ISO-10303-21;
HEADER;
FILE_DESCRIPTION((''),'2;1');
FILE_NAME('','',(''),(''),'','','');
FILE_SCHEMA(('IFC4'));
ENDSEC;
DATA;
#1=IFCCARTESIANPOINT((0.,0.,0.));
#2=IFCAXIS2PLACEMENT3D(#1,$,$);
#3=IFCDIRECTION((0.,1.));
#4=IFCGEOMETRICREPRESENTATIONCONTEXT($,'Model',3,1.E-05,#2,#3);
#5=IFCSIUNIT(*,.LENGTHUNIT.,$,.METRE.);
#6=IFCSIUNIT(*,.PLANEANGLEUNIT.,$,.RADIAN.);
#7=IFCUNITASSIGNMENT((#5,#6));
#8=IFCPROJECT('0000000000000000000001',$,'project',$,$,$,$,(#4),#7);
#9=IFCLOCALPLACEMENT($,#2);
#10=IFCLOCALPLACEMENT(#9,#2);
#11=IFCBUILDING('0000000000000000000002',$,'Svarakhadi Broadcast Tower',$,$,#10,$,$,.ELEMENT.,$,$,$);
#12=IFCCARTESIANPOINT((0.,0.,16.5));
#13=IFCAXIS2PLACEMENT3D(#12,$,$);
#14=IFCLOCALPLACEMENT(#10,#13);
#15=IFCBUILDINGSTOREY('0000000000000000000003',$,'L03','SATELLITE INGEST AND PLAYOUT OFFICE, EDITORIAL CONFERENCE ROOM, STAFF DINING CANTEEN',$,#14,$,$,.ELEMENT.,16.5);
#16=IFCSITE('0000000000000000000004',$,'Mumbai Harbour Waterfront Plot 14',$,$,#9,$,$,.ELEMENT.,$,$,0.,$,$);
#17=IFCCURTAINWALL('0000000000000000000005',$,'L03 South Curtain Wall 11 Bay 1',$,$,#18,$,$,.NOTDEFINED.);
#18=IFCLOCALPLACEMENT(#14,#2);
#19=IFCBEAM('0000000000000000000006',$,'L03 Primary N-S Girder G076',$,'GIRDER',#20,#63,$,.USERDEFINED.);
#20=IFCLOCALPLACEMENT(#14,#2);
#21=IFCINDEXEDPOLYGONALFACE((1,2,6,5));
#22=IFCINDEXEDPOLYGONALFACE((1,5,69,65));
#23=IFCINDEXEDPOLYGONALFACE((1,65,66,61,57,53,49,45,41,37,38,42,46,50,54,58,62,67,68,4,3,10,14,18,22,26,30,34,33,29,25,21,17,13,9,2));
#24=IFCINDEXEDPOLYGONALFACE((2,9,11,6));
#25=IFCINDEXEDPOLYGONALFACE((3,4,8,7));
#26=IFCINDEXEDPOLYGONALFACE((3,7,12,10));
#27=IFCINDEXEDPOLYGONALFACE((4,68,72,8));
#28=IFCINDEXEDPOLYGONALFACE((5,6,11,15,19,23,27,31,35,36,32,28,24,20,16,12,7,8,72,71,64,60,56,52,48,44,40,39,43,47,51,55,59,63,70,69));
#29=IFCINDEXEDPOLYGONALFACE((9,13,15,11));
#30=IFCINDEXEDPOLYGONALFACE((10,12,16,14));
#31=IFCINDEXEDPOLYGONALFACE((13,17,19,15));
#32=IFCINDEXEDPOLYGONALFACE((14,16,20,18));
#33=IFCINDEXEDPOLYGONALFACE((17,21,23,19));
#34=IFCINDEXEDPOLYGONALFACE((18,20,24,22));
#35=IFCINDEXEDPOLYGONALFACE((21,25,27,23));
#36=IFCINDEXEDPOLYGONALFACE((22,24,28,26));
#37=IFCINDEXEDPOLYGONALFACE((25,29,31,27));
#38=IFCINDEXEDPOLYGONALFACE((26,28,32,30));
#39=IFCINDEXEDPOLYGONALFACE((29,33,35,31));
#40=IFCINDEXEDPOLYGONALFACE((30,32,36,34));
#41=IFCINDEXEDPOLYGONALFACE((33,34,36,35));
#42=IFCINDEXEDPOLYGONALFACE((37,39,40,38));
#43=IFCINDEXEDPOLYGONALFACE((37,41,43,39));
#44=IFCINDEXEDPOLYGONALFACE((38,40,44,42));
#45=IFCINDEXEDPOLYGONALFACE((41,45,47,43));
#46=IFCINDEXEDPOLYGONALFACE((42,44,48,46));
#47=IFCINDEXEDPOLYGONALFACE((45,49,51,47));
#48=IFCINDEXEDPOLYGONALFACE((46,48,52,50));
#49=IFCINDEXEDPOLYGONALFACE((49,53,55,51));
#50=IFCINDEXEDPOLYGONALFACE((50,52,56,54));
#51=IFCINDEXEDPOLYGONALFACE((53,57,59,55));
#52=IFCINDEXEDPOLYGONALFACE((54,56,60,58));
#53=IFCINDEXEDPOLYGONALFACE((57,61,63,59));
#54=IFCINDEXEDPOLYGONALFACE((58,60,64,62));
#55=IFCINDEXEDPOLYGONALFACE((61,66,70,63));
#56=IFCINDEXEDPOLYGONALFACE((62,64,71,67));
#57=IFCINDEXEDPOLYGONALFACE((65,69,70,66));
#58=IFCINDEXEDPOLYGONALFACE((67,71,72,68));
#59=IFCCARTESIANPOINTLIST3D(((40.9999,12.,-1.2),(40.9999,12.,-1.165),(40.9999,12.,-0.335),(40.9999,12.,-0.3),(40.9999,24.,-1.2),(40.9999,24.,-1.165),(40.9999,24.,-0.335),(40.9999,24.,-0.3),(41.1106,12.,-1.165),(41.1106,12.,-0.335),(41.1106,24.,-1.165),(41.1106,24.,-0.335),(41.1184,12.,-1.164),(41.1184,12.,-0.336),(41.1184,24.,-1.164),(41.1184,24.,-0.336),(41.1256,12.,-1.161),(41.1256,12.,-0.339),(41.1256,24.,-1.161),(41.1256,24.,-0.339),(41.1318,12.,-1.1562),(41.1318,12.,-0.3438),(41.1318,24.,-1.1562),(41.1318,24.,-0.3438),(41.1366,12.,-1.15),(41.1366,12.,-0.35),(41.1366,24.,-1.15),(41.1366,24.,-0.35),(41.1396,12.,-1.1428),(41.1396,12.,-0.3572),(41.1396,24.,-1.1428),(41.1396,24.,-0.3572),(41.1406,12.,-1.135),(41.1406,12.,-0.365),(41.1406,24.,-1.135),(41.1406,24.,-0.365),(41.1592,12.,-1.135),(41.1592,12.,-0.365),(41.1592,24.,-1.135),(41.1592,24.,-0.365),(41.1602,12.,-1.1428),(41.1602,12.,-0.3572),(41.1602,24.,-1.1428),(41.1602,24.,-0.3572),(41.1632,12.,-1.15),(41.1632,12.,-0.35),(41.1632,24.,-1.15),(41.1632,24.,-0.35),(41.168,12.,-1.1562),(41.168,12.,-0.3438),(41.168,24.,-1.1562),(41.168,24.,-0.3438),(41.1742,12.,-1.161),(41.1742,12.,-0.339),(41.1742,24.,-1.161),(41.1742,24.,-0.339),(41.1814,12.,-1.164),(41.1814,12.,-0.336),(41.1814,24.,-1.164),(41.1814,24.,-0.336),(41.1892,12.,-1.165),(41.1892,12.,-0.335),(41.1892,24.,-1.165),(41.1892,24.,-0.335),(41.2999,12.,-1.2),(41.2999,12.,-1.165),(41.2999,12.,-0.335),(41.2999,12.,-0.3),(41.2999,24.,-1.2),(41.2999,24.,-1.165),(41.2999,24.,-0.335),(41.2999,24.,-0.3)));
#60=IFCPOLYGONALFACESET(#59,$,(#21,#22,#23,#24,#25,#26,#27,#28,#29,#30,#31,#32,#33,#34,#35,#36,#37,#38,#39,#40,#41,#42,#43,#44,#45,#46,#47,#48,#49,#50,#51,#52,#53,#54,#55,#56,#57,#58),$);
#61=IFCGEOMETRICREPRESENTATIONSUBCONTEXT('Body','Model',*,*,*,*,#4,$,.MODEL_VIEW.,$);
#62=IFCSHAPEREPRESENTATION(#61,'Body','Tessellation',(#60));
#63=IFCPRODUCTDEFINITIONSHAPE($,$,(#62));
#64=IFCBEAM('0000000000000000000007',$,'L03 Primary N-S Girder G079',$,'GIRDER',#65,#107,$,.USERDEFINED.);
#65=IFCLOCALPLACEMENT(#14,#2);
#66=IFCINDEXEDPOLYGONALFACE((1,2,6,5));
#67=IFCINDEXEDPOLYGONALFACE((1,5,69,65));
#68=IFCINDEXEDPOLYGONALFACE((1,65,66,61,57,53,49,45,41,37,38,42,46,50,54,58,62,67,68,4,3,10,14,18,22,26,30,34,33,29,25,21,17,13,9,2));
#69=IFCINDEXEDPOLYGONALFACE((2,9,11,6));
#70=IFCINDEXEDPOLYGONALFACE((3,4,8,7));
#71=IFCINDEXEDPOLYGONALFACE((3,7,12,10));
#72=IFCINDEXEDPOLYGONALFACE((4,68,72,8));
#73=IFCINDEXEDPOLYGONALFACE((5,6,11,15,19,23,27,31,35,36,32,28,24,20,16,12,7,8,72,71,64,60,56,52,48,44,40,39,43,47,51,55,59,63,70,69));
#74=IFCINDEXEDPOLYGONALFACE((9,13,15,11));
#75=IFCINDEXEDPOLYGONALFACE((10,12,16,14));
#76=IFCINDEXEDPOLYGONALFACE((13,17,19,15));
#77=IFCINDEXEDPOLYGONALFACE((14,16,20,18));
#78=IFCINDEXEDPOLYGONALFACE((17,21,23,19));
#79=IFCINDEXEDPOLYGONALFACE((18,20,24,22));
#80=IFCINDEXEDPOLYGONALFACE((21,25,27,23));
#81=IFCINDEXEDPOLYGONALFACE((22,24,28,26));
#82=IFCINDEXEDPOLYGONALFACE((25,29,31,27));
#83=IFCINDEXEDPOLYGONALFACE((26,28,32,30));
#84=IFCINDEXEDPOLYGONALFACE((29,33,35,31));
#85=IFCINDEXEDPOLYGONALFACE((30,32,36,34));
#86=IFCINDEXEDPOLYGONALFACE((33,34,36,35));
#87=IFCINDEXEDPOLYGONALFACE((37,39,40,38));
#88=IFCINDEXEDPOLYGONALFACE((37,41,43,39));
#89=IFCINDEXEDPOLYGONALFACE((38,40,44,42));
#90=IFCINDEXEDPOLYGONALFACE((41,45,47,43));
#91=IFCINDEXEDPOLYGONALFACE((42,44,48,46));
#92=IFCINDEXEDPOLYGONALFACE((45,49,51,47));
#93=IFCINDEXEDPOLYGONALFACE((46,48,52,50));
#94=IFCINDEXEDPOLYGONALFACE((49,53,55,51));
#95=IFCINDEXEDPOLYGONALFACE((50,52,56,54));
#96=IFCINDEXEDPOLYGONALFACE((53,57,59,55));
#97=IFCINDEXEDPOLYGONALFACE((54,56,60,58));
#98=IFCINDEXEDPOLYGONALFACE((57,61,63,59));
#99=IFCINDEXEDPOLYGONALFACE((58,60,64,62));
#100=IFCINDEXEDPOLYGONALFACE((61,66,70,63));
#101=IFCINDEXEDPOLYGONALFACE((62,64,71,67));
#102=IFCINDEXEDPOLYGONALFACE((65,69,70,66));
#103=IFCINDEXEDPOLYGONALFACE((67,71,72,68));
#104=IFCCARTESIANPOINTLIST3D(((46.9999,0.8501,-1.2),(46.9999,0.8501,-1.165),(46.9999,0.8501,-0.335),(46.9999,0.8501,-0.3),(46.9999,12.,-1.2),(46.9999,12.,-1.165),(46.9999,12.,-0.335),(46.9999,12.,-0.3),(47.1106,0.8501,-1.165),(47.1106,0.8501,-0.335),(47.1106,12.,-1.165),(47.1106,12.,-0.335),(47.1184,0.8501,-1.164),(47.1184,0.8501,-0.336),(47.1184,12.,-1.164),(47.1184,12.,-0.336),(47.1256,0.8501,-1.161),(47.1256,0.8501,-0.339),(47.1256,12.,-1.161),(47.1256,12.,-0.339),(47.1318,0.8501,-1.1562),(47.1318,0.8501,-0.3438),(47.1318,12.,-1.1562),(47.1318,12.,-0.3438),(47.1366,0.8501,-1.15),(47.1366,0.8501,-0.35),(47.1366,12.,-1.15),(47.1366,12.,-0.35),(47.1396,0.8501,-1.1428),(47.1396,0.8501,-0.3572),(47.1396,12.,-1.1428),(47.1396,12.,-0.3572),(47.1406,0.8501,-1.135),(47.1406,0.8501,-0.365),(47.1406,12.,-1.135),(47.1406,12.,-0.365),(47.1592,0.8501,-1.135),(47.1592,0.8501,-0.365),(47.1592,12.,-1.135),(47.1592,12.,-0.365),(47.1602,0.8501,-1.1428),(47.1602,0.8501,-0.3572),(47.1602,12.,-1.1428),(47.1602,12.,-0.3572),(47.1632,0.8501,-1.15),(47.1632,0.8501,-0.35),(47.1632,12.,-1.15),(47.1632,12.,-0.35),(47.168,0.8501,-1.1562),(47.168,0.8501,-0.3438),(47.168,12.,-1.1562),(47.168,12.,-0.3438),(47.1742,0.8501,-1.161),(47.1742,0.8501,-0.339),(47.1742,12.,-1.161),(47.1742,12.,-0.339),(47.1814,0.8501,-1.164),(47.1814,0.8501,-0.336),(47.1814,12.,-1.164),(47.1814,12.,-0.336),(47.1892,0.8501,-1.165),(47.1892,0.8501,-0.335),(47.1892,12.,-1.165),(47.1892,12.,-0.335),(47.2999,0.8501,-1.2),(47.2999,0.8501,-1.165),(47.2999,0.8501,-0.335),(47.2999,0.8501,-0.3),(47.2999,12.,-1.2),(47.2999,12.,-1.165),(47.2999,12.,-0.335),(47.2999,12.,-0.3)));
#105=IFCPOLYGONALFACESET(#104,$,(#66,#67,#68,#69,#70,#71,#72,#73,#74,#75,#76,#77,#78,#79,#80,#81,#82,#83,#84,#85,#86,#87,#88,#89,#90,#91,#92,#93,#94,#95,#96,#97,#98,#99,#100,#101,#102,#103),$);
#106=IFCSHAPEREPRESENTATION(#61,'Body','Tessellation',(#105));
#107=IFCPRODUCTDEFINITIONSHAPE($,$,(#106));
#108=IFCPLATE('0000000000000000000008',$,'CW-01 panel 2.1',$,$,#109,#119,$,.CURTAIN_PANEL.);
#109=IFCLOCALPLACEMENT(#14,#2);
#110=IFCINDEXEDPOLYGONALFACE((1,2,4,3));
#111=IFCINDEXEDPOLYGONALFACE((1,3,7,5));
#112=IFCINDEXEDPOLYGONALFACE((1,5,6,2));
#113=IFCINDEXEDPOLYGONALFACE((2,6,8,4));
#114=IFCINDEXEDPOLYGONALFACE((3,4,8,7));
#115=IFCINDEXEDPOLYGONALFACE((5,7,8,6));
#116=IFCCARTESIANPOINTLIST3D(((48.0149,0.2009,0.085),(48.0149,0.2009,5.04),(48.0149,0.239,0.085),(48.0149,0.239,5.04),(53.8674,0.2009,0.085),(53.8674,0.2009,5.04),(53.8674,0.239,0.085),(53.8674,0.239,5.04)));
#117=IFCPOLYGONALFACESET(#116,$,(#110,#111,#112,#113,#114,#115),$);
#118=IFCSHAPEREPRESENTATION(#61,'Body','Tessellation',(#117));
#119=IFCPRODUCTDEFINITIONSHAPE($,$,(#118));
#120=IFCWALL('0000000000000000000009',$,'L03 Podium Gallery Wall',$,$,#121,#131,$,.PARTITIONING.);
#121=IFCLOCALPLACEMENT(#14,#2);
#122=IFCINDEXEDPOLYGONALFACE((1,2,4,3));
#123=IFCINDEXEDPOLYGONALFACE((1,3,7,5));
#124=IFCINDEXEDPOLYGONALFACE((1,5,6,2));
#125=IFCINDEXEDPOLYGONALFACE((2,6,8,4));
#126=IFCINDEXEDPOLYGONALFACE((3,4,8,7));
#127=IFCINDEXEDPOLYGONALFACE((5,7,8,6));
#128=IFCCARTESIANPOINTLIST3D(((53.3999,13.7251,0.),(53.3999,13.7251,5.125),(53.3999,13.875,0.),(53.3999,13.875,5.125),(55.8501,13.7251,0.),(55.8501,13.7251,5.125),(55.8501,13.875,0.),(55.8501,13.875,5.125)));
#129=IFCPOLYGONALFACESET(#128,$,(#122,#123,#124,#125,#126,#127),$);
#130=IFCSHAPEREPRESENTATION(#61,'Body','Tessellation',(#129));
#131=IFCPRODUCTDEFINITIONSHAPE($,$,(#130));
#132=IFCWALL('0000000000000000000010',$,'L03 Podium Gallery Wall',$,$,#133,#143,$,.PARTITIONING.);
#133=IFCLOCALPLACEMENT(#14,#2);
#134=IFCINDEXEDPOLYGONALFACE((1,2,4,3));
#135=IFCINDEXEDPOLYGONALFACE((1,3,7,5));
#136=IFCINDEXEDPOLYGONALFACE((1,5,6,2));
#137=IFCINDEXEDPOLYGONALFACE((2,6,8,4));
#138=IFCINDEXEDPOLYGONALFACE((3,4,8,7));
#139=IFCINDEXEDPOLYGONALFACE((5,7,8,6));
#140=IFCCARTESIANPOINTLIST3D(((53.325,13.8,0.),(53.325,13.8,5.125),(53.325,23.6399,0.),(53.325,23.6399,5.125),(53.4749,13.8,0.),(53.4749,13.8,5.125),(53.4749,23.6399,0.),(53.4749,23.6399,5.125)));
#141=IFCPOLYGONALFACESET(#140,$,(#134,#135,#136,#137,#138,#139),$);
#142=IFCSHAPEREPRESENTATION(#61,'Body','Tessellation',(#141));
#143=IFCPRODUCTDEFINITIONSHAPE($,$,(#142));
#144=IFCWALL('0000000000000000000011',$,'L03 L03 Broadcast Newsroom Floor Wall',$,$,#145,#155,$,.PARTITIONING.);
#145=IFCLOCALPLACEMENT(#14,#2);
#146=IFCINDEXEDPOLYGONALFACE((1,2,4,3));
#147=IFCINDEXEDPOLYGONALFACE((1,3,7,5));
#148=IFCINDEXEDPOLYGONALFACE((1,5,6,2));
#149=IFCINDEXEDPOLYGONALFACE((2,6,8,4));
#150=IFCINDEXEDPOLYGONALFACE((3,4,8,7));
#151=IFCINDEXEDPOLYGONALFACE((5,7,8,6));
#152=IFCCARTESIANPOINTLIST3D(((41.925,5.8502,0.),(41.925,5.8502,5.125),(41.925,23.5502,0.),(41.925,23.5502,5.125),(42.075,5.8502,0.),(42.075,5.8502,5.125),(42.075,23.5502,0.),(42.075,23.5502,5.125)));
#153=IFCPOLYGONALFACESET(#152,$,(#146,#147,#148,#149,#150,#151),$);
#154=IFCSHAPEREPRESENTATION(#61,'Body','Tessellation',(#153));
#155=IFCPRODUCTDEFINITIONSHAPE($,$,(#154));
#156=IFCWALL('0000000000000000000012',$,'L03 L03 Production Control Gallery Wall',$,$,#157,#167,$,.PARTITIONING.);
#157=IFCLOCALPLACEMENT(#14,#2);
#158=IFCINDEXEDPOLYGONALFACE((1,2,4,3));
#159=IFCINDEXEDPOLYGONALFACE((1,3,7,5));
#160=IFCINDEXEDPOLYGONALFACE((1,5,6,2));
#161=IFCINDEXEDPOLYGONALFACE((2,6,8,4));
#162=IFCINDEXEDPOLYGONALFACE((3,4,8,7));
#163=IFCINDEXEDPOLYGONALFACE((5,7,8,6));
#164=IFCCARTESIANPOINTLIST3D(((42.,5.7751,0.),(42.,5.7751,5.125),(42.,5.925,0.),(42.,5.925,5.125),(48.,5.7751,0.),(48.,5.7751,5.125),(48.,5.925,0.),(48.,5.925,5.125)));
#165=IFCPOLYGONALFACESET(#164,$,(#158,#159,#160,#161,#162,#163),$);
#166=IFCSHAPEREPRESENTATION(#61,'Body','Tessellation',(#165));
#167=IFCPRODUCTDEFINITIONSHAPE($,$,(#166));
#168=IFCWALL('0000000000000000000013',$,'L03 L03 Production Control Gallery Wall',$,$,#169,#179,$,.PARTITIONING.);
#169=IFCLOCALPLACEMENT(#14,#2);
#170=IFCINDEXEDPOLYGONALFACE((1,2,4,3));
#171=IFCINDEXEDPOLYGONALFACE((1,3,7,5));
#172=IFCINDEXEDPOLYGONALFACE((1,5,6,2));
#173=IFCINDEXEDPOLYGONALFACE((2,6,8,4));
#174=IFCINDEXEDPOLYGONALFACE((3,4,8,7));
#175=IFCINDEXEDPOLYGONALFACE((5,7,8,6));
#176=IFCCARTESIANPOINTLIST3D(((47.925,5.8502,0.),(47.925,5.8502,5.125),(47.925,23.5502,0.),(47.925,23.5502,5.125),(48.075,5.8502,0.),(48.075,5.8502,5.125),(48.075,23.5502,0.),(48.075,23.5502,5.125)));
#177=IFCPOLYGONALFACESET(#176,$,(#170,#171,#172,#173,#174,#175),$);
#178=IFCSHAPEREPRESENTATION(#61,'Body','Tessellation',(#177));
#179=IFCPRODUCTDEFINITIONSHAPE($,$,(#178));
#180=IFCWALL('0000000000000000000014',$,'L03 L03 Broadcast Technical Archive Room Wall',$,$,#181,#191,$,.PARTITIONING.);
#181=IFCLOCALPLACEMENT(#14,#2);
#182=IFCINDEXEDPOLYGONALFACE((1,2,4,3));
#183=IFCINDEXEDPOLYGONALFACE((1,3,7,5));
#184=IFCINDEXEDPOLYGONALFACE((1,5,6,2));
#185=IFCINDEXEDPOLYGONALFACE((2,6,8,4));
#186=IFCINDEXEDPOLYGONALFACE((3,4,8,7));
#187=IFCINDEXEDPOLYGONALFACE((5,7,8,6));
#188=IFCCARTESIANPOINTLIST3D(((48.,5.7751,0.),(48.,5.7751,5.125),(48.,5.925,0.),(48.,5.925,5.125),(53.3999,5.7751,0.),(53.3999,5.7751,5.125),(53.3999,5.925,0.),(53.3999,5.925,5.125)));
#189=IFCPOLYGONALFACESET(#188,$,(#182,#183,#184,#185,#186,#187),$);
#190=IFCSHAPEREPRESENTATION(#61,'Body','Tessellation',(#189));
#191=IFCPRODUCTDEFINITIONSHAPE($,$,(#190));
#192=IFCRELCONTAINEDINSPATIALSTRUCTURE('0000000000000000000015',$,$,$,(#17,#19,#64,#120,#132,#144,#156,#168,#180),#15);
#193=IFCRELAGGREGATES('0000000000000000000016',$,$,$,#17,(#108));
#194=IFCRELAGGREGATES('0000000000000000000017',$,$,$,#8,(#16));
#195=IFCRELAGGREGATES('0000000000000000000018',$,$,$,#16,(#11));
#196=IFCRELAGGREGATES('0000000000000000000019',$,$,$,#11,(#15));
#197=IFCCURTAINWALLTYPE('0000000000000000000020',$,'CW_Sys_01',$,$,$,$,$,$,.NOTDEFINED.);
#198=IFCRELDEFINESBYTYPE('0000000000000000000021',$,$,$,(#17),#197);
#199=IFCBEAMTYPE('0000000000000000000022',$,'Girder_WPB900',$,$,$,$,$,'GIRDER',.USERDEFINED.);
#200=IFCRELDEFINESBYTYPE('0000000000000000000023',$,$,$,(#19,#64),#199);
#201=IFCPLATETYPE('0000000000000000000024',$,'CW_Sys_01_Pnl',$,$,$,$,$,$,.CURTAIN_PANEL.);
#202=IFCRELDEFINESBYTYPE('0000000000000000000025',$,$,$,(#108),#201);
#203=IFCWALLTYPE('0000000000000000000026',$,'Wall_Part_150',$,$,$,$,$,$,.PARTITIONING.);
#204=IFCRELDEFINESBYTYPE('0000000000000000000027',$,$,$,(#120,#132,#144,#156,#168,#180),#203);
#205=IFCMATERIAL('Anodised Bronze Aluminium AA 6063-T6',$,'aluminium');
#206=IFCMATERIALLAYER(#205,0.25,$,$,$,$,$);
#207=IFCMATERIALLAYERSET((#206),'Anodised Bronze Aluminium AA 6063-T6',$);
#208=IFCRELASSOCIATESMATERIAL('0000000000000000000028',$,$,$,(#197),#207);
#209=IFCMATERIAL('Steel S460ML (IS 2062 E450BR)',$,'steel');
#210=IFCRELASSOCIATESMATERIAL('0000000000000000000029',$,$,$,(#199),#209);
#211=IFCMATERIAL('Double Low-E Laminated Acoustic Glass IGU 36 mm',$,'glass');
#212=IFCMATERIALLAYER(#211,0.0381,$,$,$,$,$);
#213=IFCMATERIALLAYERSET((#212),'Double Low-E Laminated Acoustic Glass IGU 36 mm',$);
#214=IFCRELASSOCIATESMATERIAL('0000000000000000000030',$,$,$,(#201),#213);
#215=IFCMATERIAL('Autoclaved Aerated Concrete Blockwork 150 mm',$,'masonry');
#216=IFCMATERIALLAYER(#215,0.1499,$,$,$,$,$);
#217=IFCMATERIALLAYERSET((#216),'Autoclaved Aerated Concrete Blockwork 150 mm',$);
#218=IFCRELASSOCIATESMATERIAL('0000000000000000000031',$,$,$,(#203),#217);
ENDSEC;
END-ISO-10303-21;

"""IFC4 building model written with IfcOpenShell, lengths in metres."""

from ifc_helpers import new_model, si_unit, direction, frame, frame_2d, origin, origin_2d, place, context, subcontext, project, spatial, rectangle, i_section, extrude, material, layer, layer_set, material_profile, profile_set, type_object, element, aggregate, save


model = new_model("IFC4")

# Units and contexts
model_context = context("Model", 3, precision=1e-05, world=origin(), true_north=direction((0.0, 1.0)))
body_context = subcontext(model_context, "Body", "Model", "MODEL_VIEW")
ifc_project = project(units=[si_unit("LENGTHUNIT", "METRE"), si_unit("PLANEANGLEUNIT", "RADIAN")], contexts=[model_context])

# Site, building, storey
site_placement = place(None, origin())
site = spatial("IfcSite", under=ifc_project, at=site_placement, Name="Mumbai Harbour Waterfront Plot 14", CompositionType="ELEMENT", RefElevation=0.0)
building_placement = place(site_placement, origin())
building = spatial("IfcBuilding", under=site, at=building_placement, Name="Svarakhadi Broadcast Tower", CompositionType="ELEMENT")
storey_placement = place(building_placement, frame((0.0, 0.0, 16.5)))
storey = spatial("IfcBuildingStorey", under=building, at=storey_placement, Name="L03", Description="SATELLITE INGEST AND PLAYOUT OFFICE, EDITORIAL CONFERENCE ROOM, STAFF DINING CANTEEN", CompositionType="ELEMENT", Elevation=16.5)

# Shared definitions
ifc_material_1 = material(Name="Steel S460ML (IS 2062 E450BR)", Category="steel")

# Curtain wall
ifc_material_2 = material(Name="Anodised Bronze Aluminium AA 6063-T6", Category="aluminium")
ifc_layer_1 = layer(ifc_material_2, 0.25)
ifc_layer_set_1 = layer_set([ifc_layer_1], Name="Anodised Bronze Aluminium AA 6063-T6")
curtain_wall_type = type_object("IfcCurtainWallType", Name="CW_Sys_01", PredefinedType="NOTDEFINED", material=ifc_layer_set_1)
curtain_wall_1_placement = place(storey_placement, origin())
curtain_wall_1 = element("IfcCurtainWall", 1, at=curtain_wall_1_placement, inside=storey, type_object=curtain_wall_type, Name="L03 South Curtain Wall 11 Bay 1", PredefinedType="NOTDEFINED")

# Beams
ifc_material_profile_1 = material_profile(ifc_material_1, i_section(OverallWidth=0.3, OverallDepth=0.8999, WebThickness=0.0186, FlangeThickness=0.0349, FilletRadius=0.03, at=origin_2d()), Name="WPB 900x300x291")
ifc_profile_set_1 = profile_set([ifc_material_profile_1], Name="Steel S460ML (IS 2062 E450BR)")
beam_type_1 = type_object("IfcBeamType", Name="Girder_WPB900", ElementType="GIRDER", PredefinedType="USERDEFINED", material=ifc_profile_set_1)
beam_1_placement = place(storey_placement, frame((41.1499, 12.0, -0.75), z_axis=(0.0, 1.0, 0.0), x_axis=(-1.0, 0.0, 0.0)))
element("IfcBeam", 2, at=beam_1_placement, inside=storey, type_object=beam_type_1, Name="L03 Primary N-S Girder G076", ObjectType="GIRDER", PredefinedType="USERDEFINED", context=body_context, shape_type="SweptSolid", body=[
    extrude(i_section(OverallWidth=0.3, OverallDepth=0.8999, WebThickness=0.0186, FlangeThickness=0.0349, FilletRadius=0.03, at=origin_2d()), origin(), (0.0, 0.0, 1.0), 12.0),
])
beam_2_placement = place(storey_placement, frame((47.1499, 0.8501, -0.75), z_axis=(0.0, 1.0, 0.0), x_axis=(-1.0, 0.0, 0.0)))
element("IfcBeam", 3, at=beam_2_placement, inside=storey, type_object=beam_type_1, Name="L03 Primary N-S Girder G079", ObjectType="GIRDER", PredefinedType="USERDEFINED", context=body_context, shape_type="SweptSolid", body=[
    extrude(i_section(OverallWidth=0.3, OverallDepth=0.8999, WebThickness=0.0186, FlangeThickness=0.0349, FilletRadius=0.03, at=origin_2d()), origin(), (0.0, 0.0, 1.0), 11.1499),
])

# Plate
ifc_material_3 = material(Name="Double Low-E Laminated Acoustic Glass IGU 36 mm", Category="glass")
ifc_layer_2 = layer(ifc_material_3, 0.0381)
ifc_layer_set_2 = layer_set([ifc_layer_2], Name="Double Low-E Laminated Acoustic Glass IGU 36 mm")
plate_type = type_object("IfcPlateType", Name="CW_Sys_01_Pnl", PredefinedType="CURTAIN_PANEL", material=ifc_layer_set_2)
plate_placement = place(storey_placement, frame((50.9412, 0.22, 0.085), z_axis=(0.0, 0.0, 1.0), x_axis=(-1.0, 0.0, 0.0)))
plate = element("IfcPlate", 4, at=plate_placement, type_object=plate_type, Name="CW-01 panel 2.1", PredefinedType="CURTAIN_PANEL", context=body_context, shape_type="SweptSolid", body=[
    extrude(rectangle(XDim=5.8525, YDim=0.0381, at=origin_2d()), origin(), (0.0, 0.0, 1.0), 4.9551),
])
aggregate(curtain_wall_1, [plate])

# Walls
ifc_material_4 = material(Name="Autoclaved Aerated Concrete Blockwork 150 mm", Category="masonry")
ifc_layer_3 = layer(ifc_material_4, 0.1499)
ifc_layer_set_3 = layer_set([ifc_layer_3], Name="Autoclaved Aerated Concrete Blockwork 150 mm")
wall_type = type_object("IfcWallType", Name="Wall_Part_150", PredefinedType="PARTITIONING", material=ifc_layer_set_3)
wall_1_placement = place(storey_placement, frame((55.8501, 13.8, 0.0), z_axis=(0.0, 0.0, 1.0), x_axis=(-1.0, 0.0, 0.0)))
element("IfcWall", 5, at=wall_1_placement, inside=storey, type_object=wall_type, Name="L03 Podium Gallery Wall", PredefinedType="PARTITIONING", context=body_context, shape_type="SweptSolid", body=[
    extrude(rectangle(XDim=2.4502, YDim=0.1499, at=frame_2d((1.2251, 0.0))), origin(), (0.0, 0.0, 1.0), 5.125),
])
wall_2_placement = place(storey_placement, frame((53.3999, 13.8, 0.0), z_axis=(0.0, 0.0, 1.0), x_axis=(0.0, 1.0, 0.0)))
element("IfcWall", 6, at=wall_2_placement, inside=storey, type_object=wall_type, Name="L03 Podium Gallery Wall", PredefinedType="PARTITIONING", context=body_context, shape_type="SweptSolid", body=[
    extrude(rectangle(XDim=9.8398, YDim=0.1499, at=frame_2d((4.9199, 0.0))), origin(), (0.0, 0.0, 1.0), 5.125),
])
wall_3_placement = place(storey_placement, frame((42.0, 5.8501, 0.0), z_axis=(0.0, 0.0, 1.0), x_axis=(0.0, 1.0, 0.0)))
element("IfcWall", 7, at=wall_3_placement, inside=storey, type_object=wall_type, Name="L03 L03 Broadcast Newsroom Floor Wall", PredefinedType="PARTITIONING", context=body_context, shape_type="SweptSolid", body=[
    extrude(rectangle(XDim=17.7, YDim=0.1499, at=frame_2d((8.8501, 0.0))), origin(), (0.0, 0.0, 1.0), 5.125),
])
wall_4_placement = place(storey_placement, frame((42.0, 5.8501, 0.0), z_axis=(0.0, 0.0, 1.0), x_axis=(1.0, 0.0, 0.0)))
element("IfcWall", 8, at=wall_4_placement, inside=storey, type_object=wall_type, Name="L03 L03 Production Control Gallery Wall", PredefinedType="PARTITIONING", context=body_context, shape_type="SweptSolid", body=[
    extrude(rectangle(XDim=6.0, YDim=0.1499, at=frame_2d((3.0, 0.0))), origin(), (0.0, 0.0, 1.0), 5.125),
])
wall_5_placement = place(storey_placement, frame((48.0, 5.8501, 0.0), z_axis=(0.0, 0.0, 1.0), x_axis=(0.0, 1.0, 0.0)))
element("IfcWall", 9, at=wall_5_placement, inside=storey, type_object=wall_type, Name="L03 L03 Production Control Gallery Wall", PredefinedType="PARTITIONING", context=body_context, shape_type="SweptSolid", body=[
    extrude(rectangle(XDim=17.7, YDim=0.1499, at=frame_2d((8.8501, 0.0))), origin(), (0.0, 0.0, 1.0), 5.125),
])
wall_6_placement = place(storey_placement, frame((48.0, 5.8501, 0.0), z_axis=(0.0, 0.0, 1.0), x_axis=(1.0, 0.0, 0.0)))
element("IfcWall", 10, at=wall_6_placement, inside=storey, type_object=wall_type, Name="L03 L03 Broadcast Technical Archive Room Wall", PredefinedType="PARTITIONING", context=body_context, shape_type="SweptSolid", body=[
    extrude(rectangle(XDim=5.3999, YDim=0.1499, at=frame_2d((2.7, 0.0))), origin(), (0.0, 0.0, 1.0), 5.125),
])

save(model, "model.ifc")
